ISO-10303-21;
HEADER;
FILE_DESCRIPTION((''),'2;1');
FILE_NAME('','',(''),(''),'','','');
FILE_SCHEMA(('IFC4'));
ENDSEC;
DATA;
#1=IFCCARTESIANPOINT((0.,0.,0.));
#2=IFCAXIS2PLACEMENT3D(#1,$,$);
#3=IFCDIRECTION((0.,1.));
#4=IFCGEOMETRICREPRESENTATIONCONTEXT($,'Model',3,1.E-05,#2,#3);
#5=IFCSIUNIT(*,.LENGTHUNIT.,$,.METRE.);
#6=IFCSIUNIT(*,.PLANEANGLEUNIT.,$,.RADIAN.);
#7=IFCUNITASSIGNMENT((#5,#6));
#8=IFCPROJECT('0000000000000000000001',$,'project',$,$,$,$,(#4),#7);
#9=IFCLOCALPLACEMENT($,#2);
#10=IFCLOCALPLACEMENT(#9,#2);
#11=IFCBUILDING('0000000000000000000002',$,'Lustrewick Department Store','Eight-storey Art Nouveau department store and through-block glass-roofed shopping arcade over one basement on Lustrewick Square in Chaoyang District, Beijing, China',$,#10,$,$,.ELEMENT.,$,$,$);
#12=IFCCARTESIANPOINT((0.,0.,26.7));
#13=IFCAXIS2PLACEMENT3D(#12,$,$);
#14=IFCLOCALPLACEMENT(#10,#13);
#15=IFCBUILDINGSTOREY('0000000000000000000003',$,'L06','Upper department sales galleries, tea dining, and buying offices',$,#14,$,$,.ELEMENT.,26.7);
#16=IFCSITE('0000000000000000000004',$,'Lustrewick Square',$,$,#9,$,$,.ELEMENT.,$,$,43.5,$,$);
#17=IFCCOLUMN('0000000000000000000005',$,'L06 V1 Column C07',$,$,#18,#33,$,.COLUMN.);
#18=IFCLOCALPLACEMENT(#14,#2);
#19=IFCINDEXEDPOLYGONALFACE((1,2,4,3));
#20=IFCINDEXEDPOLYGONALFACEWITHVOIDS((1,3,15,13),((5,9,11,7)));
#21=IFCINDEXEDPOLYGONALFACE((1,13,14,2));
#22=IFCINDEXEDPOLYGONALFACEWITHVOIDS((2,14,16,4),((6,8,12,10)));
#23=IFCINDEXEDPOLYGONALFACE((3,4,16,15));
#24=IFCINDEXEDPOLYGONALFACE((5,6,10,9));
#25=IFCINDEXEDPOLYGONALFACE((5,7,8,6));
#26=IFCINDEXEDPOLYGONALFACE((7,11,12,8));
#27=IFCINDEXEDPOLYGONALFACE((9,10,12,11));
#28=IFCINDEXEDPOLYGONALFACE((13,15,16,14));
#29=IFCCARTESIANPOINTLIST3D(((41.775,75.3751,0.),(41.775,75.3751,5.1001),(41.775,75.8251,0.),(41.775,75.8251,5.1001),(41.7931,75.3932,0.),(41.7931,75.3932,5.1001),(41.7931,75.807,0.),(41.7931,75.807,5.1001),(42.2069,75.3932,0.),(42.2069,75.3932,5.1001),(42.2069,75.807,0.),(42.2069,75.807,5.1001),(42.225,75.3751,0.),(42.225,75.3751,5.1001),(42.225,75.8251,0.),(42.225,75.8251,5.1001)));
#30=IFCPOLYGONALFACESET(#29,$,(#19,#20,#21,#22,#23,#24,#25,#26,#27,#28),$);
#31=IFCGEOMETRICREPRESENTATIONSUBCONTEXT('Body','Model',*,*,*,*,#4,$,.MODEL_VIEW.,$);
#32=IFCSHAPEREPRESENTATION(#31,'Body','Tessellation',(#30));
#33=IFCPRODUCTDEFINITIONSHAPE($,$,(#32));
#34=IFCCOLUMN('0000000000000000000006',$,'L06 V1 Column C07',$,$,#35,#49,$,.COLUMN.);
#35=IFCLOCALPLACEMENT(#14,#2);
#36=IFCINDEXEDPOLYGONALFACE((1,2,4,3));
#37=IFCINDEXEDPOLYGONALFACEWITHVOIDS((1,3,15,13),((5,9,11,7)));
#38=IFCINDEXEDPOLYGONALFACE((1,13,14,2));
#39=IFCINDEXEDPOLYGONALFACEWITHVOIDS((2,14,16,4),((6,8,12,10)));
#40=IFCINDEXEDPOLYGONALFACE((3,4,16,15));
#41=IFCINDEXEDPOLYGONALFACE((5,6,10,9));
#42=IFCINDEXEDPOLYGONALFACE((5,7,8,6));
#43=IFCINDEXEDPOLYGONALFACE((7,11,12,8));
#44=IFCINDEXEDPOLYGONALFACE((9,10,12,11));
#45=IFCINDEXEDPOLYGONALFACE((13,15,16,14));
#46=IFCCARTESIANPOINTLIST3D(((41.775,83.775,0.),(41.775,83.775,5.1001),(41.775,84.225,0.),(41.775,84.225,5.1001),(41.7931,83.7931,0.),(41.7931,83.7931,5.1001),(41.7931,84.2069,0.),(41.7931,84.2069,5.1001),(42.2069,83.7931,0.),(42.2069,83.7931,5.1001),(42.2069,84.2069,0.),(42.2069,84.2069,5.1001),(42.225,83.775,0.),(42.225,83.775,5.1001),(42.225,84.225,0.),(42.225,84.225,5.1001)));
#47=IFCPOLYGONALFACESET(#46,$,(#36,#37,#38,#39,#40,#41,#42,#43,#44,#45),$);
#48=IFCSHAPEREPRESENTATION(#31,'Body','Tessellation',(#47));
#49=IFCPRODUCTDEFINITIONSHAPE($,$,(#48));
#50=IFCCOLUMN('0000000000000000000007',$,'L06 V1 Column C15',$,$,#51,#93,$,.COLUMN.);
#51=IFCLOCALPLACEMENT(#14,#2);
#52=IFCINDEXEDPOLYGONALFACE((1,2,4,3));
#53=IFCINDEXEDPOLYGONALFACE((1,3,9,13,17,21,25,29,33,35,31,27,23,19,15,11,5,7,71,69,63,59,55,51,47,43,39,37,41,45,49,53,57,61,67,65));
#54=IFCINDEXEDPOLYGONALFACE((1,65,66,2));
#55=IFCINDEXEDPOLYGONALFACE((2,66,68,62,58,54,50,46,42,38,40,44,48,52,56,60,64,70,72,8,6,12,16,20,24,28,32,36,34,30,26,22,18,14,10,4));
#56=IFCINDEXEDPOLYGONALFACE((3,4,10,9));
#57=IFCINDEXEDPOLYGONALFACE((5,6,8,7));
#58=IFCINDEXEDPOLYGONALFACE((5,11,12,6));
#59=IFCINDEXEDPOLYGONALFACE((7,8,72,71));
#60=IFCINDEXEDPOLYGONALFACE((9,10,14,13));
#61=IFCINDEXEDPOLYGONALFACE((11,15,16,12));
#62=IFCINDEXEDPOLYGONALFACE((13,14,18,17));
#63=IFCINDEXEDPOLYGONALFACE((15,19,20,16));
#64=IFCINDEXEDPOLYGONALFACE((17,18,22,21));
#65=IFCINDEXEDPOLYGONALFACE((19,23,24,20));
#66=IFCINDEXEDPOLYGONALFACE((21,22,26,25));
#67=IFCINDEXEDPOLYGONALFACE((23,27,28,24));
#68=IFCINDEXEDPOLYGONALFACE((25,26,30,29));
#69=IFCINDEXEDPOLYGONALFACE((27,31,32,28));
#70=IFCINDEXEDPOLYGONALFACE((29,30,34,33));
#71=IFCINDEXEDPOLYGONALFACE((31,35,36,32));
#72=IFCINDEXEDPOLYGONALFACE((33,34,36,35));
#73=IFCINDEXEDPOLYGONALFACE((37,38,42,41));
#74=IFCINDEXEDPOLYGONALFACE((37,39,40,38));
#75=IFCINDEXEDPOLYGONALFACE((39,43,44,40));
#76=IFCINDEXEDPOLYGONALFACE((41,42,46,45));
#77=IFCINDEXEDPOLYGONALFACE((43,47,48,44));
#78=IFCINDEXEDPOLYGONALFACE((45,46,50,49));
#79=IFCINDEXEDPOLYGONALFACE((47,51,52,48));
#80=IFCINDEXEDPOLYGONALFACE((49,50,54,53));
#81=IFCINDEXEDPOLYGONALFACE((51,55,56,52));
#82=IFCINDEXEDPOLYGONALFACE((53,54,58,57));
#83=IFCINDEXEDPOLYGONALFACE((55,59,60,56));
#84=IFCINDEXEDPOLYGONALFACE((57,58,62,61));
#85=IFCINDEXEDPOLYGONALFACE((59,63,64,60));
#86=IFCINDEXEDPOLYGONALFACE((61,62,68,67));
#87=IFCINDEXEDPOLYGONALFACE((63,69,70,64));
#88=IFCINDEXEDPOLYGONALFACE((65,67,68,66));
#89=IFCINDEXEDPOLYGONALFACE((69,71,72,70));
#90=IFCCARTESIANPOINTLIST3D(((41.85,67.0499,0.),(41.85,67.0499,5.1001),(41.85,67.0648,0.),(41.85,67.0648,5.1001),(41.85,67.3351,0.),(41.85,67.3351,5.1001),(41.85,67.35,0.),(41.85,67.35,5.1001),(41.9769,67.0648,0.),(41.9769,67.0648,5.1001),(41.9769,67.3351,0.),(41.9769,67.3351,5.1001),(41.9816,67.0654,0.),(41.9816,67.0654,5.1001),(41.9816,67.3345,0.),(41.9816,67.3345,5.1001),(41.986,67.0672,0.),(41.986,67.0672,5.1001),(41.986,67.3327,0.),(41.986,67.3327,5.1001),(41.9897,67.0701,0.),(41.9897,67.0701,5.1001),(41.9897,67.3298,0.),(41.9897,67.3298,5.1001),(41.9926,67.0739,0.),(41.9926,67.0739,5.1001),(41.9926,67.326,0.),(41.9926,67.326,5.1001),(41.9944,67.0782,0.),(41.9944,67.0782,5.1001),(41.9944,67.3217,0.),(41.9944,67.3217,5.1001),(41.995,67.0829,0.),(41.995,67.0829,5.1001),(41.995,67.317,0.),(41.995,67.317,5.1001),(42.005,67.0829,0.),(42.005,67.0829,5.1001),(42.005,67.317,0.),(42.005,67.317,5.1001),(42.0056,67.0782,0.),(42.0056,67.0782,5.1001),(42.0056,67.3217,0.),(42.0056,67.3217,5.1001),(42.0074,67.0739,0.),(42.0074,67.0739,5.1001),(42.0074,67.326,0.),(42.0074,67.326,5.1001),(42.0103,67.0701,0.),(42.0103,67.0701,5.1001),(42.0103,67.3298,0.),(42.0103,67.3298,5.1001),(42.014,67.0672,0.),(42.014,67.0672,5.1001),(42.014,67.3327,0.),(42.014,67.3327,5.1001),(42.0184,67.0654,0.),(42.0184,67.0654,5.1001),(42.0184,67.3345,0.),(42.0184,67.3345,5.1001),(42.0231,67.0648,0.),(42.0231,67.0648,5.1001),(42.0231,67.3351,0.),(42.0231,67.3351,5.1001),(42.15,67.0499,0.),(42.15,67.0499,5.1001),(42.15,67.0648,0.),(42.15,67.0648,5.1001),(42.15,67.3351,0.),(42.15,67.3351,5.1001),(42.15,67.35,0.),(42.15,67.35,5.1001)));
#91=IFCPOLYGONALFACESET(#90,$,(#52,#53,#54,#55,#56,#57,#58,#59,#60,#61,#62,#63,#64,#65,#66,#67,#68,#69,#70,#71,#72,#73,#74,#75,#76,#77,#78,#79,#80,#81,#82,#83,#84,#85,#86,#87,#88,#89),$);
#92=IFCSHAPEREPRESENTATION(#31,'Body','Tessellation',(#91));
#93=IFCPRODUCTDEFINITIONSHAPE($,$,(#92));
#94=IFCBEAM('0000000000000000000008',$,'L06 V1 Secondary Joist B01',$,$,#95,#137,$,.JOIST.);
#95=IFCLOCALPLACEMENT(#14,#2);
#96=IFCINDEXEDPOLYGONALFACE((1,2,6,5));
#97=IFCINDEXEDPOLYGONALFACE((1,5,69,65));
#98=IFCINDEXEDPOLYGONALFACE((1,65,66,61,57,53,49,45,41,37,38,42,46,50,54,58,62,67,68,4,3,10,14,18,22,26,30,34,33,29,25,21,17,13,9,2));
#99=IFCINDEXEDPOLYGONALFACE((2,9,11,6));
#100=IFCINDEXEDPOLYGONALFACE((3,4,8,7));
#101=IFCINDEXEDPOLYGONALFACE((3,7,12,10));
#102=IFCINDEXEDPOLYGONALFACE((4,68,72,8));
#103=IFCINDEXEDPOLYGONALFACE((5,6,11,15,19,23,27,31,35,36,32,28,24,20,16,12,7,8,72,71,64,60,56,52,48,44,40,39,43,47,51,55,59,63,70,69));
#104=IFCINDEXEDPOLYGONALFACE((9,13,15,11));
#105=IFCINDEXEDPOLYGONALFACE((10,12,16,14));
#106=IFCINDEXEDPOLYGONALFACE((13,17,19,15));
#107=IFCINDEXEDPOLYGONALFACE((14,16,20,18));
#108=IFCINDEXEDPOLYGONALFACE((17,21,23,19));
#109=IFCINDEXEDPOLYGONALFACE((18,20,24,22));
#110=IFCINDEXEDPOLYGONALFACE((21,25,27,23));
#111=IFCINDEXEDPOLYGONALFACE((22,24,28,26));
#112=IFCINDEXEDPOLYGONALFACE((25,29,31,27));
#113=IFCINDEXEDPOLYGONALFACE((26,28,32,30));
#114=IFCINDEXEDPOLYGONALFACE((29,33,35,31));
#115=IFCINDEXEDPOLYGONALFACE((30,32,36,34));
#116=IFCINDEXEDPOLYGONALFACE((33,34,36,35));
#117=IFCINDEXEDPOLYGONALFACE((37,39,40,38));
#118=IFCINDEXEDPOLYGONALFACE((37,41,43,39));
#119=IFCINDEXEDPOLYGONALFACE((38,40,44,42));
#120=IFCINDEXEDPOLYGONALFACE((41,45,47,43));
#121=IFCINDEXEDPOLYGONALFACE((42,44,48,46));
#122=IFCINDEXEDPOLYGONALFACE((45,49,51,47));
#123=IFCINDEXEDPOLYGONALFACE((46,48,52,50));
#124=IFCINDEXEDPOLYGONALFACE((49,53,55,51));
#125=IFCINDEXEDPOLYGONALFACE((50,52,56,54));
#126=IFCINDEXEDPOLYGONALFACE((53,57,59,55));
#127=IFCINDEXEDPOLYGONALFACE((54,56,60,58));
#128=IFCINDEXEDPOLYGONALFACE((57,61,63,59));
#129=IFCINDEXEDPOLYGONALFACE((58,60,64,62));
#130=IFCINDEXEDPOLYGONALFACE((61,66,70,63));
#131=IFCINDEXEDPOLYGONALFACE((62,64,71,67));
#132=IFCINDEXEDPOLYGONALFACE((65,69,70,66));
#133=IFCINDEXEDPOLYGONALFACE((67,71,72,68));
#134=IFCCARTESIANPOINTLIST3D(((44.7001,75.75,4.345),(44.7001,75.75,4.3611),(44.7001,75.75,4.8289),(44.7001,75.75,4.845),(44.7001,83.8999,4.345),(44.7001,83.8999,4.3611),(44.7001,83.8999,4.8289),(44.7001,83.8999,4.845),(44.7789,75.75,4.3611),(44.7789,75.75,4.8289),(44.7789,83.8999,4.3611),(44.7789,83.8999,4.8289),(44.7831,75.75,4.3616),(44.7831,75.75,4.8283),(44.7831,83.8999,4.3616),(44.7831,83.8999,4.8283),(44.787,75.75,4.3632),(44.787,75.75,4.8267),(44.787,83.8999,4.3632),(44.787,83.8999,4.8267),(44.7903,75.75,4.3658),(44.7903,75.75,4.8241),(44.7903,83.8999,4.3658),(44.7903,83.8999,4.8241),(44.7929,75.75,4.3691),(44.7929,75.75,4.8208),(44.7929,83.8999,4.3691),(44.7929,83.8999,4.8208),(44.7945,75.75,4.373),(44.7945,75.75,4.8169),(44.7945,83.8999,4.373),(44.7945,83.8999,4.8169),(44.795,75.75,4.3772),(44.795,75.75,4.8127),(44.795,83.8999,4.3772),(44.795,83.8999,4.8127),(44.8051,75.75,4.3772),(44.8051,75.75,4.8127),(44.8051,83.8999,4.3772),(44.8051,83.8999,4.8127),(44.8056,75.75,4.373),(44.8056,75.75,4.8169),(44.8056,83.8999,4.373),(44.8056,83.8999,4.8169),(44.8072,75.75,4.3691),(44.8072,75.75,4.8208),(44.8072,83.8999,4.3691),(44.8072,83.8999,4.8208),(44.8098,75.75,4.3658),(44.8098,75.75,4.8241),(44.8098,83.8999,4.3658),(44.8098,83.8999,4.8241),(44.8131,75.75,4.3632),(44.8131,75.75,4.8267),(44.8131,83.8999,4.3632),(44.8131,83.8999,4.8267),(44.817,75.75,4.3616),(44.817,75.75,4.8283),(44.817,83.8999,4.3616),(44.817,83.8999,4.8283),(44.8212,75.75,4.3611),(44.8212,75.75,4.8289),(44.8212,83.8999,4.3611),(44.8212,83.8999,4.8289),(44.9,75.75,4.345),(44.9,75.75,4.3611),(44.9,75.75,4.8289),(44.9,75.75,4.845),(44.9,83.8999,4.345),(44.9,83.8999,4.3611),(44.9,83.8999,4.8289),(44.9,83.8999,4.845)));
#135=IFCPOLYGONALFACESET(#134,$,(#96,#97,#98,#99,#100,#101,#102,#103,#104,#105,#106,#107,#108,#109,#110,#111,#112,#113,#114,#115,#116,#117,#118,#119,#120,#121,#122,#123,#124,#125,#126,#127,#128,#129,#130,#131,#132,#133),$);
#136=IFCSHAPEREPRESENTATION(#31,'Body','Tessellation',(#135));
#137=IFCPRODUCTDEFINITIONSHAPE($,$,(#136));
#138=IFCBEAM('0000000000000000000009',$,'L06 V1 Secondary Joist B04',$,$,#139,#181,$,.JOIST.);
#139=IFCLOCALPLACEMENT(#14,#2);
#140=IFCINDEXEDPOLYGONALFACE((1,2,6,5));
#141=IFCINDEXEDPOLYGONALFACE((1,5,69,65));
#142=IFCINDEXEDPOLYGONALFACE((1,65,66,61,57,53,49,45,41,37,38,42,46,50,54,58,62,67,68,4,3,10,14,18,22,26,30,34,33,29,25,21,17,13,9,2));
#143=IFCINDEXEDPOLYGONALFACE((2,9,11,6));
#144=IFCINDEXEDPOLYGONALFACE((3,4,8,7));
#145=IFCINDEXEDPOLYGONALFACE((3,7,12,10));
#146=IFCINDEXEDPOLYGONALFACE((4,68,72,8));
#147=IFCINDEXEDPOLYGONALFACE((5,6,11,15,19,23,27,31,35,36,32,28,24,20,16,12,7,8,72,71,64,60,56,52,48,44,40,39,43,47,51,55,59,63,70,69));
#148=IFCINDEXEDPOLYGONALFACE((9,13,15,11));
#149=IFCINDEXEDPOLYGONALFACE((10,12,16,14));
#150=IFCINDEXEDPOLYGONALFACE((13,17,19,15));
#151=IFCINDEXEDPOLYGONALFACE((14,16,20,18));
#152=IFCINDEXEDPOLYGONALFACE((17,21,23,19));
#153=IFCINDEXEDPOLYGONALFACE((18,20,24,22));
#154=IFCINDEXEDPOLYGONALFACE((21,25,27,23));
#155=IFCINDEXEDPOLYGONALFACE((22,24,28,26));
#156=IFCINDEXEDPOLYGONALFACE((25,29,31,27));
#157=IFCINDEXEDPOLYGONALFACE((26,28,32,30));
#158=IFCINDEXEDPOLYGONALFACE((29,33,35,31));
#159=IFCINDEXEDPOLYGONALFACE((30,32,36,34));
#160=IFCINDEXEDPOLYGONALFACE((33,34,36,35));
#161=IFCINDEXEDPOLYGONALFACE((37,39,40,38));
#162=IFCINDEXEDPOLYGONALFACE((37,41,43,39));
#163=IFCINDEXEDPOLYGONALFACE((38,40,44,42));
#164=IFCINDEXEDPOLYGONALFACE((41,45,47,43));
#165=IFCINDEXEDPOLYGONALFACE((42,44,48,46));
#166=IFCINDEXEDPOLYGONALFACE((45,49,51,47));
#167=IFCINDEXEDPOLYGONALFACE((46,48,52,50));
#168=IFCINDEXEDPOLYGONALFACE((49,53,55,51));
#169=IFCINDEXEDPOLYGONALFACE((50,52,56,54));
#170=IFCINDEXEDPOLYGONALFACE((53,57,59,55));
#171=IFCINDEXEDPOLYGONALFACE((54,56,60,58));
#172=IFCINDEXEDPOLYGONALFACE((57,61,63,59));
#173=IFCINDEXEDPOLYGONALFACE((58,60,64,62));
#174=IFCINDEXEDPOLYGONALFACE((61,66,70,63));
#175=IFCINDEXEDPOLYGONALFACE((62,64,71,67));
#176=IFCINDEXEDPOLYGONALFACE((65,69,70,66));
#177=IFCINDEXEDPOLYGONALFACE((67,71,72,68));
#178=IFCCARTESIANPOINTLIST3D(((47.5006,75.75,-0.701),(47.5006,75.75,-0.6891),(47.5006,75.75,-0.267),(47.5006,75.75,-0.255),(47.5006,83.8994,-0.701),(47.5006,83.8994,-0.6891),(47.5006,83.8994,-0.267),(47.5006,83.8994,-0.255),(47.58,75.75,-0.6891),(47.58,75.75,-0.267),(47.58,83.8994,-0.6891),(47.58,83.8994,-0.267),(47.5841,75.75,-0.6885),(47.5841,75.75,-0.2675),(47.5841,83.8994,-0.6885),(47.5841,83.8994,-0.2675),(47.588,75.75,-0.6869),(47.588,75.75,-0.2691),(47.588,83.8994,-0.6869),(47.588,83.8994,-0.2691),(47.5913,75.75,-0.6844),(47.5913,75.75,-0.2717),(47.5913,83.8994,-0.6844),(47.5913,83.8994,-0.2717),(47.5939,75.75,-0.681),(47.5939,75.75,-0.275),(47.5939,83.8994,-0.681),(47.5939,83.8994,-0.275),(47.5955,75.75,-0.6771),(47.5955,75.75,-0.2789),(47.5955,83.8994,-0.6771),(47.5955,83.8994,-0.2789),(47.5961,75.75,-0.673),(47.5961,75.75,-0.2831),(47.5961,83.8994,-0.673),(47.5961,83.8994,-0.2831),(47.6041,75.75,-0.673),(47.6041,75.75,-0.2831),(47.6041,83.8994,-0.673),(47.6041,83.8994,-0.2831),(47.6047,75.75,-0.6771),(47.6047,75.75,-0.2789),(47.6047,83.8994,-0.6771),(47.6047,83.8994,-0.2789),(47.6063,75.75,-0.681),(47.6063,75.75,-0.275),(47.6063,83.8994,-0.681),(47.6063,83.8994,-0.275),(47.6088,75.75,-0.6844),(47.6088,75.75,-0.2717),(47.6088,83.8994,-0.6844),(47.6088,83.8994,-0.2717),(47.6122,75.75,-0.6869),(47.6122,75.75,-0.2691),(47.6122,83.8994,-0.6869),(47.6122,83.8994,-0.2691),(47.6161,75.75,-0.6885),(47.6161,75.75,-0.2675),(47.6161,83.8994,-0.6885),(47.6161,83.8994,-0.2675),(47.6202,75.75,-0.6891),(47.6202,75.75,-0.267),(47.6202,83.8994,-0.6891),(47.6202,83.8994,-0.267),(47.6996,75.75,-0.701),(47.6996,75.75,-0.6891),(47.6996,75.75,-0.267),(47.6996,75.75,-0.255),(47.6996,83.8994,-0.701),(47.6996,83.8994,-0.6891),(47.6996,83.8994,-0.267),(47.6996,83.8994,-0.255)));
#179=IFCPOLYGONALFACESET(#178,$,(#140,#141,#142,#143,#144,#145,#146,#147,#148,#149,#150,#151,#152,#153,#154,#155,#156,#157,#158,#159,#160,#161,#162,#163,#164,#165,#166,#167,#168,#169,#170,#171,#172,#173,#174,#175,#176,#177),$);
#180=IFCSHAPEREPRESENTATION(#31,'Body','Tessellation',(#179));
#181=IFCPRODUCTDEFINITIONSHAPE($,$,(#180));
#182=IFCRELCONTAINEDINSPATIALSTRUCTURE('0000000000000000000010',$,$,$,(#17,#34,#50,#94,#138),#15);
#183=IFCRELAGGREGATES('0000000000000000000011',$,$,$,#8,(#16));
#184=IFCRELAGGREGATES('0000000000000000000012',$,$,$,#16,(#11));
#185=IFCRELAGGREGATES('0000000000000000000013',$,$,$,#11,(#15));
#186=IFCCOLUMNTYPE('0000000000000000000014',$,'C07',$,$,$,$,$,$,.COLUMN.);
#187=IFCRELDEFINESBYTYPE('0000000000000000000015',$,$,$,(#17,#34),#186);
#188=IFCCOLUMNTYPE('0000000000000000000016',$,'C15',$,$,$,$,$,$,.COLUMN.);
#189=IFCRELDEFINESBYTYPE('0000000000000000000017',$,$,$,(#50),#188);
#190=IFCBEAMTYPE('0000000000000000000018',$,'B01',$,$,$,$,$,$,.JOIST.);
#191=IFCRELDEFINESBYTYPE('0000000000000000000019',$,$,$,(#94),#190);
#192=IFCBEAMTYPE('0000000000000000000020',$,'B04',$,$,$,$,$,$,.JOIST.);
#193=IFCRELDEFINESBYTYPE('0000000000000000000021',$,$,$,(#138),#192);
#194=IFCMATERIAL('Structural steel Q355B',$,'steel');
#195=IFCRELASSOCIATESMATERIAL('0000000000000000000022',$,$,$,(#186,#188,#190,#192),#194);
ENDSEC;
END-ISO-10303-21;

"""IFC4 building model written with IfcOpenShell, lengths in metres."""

from ifc_helpers import new_model, si_unit, direction, frame, origin, origin_2d, place, context, subcontext, project, spatial, hollow_rectangle, i_section, extrude, material, material_profile, profile_set, type_object, element, save


model = new_model("IFC4")

# Units and contexts
model_context = context("Model", 3, precision=1e-05, world=origin(), true_north=direction((0.0, 1.0)))
body_context = subcontext(model_context, "Body", "Model", "MODEL_VIEW")
ifc_project = project(units=[si_unit("LENGTHUNIT", "METRE"), si_unit("PLANEANGLEUNIT", "RADIAN")], contexts=[model_context])

# Site, building, storey
site_placement = place(None, origin())
site = spatial("IfcSite", under=ifc_project, at=site_placement, Name="Lustrewick Square", CompositionType="ELEMENT", RefElevation=43.5)
building_placement = place(site_placement, origin())
building = spatial("IfcBuilding", under=site, at=building_placement, Name="Lustrewick Department Store", Description="Eight-storey Art Nouveau department store and through-block glass-roofed shopping arcade over one basement on Lustrewick Square in Chaoyang District, Beijing, China", CompositionType="ELEMENT")
storey_placement = place(building_placement, frame((0.0, 0.0, 26.7)))
storey = spatial("IfcBuildingStorey", under=building, at=storey_placement, Name="L06", Description="Upper department sales galleries, tea dining, and buying offices", CompositionType="ELEMENT", Elevation=26.7)

# Columns
ifc_material_1 = material(Name="Structural steel Q355B", Category="steel")
ifc_material_profile_1 = material_profile(ifc_material_1, hollow_rectangle(XDim=0.45, YDim=0.45, WallThickness=0.0181, at=origin_2d()), Name="BOX 450x450x18")
ifc_profile_set_1 = profile_set([ifc_material_profile_1], Name="Structural steel Q355B")
column_type_1 = type_object("IfcColumnType", Name="C07", PredefinedType="COLUMN", material=ifc_profile_set_1)
for number, where, z_axis, x_axis, name in (
    (1, (42.0, 75.6001, 0.0), (0.0, 0.0, 1.0), (1.0, 0.0, 0.0), "L06 V1 Column C07"),
    (2, (42.0, 84.0, 0.0), (0.0, 0.0, 1.0), (1.0, 0.0, 0.0), "L06 V1 Column C07"),
):
    element("IfcColumn", number, at=place(storey_placement, frame(where, z_axis=z_axis, x_axis=x_axis)), inside=storey, type_object=column_type_1, Name=name, PredefinedType="COLUMN", context=body_context, shape_type="SweptSolid", body=[
        extrude(hollow_rectangle(XDim=0.45, YDim=0.45, WallThickness=0.0181, at=origin_2d()), origin(), (0.0, 0.0, 1.0), 5.1001),
    ])
ifc_material_profile_2 = material_profile(ifc_material_1, i_section(OverallWidth=0.3, OverallDepth=0.3, WebThickness=0.01, FlangeThickness=0.0149, FilletRadius=0.0181, at=origin_2d()), Name="HW 300x300x10x15")
ifc_profile_set_2 = profile_set([ifc_material_profile_2], Name="Structural steel Q355B")
column_type_2 = type_object("IfcColumnType", Name="C15", PredefinedType="COLUMN", material=ifc_profile_set_2)
column_placement = place(storey_placement, frame((42.0, 67.2, 0.0), z_axis=(0.0, 0.0, 1.0), x_axis=(1.0, 0.0, 0.0)))
element("IfcColumn", 3, at=column_placement, inside=storey, type_object=column_type_2, Name="L06 V1 Column C15", PredefinedType="COLUMN", context=body_context, shape_type="SweptSolid", body=[
    extrude(i_section(OverallWidth=0.3, OverallDepth=0.3, WebThickness=0.01, FlangeThickness=0.0149, FilletRadius=0.0181, at=origin_2d()), origin(), (0.0, 0.0, 1.0), 5.1001),
])

# Beams
ifc_material_profile_3 = material_profile(ifc_material_1, i_section(OverallWidth=0.2, OverallDepth=0.5, WebThickness=0.01, FlangeThickness=0.0161, FilletRadius=0.0161, at=origin_2d()), Name="HN 500x200x10x16")
ifc_profile_set_3 = profile_set([ifc_material_profile_3], Name="Structural steel Q355B")
beam_type_1 = type_object("IfcBeamType", Name="B01", PredefinedType="JOIST", material=ifc_profile_set_3)
beam_1_placement = place(storey_placement, frame((44.8, 75.75, 4.595), z_axis=(0.0, 1.0, 0.0), x_axis=(-1.0, 0.0, 0.0)))
element("IfcBeam", 4, at=beam_1_placement, inside=storey, type_object=beam_type_1, Name="L06 V1 Secondary Joist B01", PredefinedType="JOIST", context=body_context, shape_type="SweptSolid", body=[
    extrude(i_section(OverallWidth=0.2, OverallDepth=0.5, WebThickness=0.01, FlangeThickness=0.0161, FilletRadius=0.0161, at=origin_2d()), origin(), (0.0, 0.0, 1.0), 8.1499),
])
ifc_material_profile_4 = material_profile(ifc_material_1, i_section(OverallWidth=0.199, OverallDepth=0.446, WebThickness=0.0081, FlangeThickness=0.012, FilletRadius=0.0161, at=origin_2d()), Name="HN 446x199x8x12")
ifc_profile_set_4 = profile_set([ifc_material_profile_4], Name="Structural steel Q355B")
beam_type_2 = type_object("IfcBeamType", Name="B04", PredefinedType="JOIST", material=ifc_profile_set_4)
beam_2_placement = place(storey_placement, frame((47.6001, 75.75, -0.478), z_axis=(0.0, 1.0, 0.0), x_axis=(-1.0, 0.0, 0.0)))
element("IfcBeam", 5, at=beam_2_placement, inside=storey, type_object=beam_type_2, Name="L06 V1 Secondary Joist B04", PredefinedType="JOIST", context=body_context, shape_type="SweptSolid", body=[
    extrude(i_section(OverallWidth=0.199, OverallDepth=0.446, WebThickness=0.0081, FlangeThickness=0.012, FilletRadius=0.0161, at=origin_2d()), origin(), (0.0, 0.0, 1.0), 8.1494),
])

save(model, "model.ifc")
